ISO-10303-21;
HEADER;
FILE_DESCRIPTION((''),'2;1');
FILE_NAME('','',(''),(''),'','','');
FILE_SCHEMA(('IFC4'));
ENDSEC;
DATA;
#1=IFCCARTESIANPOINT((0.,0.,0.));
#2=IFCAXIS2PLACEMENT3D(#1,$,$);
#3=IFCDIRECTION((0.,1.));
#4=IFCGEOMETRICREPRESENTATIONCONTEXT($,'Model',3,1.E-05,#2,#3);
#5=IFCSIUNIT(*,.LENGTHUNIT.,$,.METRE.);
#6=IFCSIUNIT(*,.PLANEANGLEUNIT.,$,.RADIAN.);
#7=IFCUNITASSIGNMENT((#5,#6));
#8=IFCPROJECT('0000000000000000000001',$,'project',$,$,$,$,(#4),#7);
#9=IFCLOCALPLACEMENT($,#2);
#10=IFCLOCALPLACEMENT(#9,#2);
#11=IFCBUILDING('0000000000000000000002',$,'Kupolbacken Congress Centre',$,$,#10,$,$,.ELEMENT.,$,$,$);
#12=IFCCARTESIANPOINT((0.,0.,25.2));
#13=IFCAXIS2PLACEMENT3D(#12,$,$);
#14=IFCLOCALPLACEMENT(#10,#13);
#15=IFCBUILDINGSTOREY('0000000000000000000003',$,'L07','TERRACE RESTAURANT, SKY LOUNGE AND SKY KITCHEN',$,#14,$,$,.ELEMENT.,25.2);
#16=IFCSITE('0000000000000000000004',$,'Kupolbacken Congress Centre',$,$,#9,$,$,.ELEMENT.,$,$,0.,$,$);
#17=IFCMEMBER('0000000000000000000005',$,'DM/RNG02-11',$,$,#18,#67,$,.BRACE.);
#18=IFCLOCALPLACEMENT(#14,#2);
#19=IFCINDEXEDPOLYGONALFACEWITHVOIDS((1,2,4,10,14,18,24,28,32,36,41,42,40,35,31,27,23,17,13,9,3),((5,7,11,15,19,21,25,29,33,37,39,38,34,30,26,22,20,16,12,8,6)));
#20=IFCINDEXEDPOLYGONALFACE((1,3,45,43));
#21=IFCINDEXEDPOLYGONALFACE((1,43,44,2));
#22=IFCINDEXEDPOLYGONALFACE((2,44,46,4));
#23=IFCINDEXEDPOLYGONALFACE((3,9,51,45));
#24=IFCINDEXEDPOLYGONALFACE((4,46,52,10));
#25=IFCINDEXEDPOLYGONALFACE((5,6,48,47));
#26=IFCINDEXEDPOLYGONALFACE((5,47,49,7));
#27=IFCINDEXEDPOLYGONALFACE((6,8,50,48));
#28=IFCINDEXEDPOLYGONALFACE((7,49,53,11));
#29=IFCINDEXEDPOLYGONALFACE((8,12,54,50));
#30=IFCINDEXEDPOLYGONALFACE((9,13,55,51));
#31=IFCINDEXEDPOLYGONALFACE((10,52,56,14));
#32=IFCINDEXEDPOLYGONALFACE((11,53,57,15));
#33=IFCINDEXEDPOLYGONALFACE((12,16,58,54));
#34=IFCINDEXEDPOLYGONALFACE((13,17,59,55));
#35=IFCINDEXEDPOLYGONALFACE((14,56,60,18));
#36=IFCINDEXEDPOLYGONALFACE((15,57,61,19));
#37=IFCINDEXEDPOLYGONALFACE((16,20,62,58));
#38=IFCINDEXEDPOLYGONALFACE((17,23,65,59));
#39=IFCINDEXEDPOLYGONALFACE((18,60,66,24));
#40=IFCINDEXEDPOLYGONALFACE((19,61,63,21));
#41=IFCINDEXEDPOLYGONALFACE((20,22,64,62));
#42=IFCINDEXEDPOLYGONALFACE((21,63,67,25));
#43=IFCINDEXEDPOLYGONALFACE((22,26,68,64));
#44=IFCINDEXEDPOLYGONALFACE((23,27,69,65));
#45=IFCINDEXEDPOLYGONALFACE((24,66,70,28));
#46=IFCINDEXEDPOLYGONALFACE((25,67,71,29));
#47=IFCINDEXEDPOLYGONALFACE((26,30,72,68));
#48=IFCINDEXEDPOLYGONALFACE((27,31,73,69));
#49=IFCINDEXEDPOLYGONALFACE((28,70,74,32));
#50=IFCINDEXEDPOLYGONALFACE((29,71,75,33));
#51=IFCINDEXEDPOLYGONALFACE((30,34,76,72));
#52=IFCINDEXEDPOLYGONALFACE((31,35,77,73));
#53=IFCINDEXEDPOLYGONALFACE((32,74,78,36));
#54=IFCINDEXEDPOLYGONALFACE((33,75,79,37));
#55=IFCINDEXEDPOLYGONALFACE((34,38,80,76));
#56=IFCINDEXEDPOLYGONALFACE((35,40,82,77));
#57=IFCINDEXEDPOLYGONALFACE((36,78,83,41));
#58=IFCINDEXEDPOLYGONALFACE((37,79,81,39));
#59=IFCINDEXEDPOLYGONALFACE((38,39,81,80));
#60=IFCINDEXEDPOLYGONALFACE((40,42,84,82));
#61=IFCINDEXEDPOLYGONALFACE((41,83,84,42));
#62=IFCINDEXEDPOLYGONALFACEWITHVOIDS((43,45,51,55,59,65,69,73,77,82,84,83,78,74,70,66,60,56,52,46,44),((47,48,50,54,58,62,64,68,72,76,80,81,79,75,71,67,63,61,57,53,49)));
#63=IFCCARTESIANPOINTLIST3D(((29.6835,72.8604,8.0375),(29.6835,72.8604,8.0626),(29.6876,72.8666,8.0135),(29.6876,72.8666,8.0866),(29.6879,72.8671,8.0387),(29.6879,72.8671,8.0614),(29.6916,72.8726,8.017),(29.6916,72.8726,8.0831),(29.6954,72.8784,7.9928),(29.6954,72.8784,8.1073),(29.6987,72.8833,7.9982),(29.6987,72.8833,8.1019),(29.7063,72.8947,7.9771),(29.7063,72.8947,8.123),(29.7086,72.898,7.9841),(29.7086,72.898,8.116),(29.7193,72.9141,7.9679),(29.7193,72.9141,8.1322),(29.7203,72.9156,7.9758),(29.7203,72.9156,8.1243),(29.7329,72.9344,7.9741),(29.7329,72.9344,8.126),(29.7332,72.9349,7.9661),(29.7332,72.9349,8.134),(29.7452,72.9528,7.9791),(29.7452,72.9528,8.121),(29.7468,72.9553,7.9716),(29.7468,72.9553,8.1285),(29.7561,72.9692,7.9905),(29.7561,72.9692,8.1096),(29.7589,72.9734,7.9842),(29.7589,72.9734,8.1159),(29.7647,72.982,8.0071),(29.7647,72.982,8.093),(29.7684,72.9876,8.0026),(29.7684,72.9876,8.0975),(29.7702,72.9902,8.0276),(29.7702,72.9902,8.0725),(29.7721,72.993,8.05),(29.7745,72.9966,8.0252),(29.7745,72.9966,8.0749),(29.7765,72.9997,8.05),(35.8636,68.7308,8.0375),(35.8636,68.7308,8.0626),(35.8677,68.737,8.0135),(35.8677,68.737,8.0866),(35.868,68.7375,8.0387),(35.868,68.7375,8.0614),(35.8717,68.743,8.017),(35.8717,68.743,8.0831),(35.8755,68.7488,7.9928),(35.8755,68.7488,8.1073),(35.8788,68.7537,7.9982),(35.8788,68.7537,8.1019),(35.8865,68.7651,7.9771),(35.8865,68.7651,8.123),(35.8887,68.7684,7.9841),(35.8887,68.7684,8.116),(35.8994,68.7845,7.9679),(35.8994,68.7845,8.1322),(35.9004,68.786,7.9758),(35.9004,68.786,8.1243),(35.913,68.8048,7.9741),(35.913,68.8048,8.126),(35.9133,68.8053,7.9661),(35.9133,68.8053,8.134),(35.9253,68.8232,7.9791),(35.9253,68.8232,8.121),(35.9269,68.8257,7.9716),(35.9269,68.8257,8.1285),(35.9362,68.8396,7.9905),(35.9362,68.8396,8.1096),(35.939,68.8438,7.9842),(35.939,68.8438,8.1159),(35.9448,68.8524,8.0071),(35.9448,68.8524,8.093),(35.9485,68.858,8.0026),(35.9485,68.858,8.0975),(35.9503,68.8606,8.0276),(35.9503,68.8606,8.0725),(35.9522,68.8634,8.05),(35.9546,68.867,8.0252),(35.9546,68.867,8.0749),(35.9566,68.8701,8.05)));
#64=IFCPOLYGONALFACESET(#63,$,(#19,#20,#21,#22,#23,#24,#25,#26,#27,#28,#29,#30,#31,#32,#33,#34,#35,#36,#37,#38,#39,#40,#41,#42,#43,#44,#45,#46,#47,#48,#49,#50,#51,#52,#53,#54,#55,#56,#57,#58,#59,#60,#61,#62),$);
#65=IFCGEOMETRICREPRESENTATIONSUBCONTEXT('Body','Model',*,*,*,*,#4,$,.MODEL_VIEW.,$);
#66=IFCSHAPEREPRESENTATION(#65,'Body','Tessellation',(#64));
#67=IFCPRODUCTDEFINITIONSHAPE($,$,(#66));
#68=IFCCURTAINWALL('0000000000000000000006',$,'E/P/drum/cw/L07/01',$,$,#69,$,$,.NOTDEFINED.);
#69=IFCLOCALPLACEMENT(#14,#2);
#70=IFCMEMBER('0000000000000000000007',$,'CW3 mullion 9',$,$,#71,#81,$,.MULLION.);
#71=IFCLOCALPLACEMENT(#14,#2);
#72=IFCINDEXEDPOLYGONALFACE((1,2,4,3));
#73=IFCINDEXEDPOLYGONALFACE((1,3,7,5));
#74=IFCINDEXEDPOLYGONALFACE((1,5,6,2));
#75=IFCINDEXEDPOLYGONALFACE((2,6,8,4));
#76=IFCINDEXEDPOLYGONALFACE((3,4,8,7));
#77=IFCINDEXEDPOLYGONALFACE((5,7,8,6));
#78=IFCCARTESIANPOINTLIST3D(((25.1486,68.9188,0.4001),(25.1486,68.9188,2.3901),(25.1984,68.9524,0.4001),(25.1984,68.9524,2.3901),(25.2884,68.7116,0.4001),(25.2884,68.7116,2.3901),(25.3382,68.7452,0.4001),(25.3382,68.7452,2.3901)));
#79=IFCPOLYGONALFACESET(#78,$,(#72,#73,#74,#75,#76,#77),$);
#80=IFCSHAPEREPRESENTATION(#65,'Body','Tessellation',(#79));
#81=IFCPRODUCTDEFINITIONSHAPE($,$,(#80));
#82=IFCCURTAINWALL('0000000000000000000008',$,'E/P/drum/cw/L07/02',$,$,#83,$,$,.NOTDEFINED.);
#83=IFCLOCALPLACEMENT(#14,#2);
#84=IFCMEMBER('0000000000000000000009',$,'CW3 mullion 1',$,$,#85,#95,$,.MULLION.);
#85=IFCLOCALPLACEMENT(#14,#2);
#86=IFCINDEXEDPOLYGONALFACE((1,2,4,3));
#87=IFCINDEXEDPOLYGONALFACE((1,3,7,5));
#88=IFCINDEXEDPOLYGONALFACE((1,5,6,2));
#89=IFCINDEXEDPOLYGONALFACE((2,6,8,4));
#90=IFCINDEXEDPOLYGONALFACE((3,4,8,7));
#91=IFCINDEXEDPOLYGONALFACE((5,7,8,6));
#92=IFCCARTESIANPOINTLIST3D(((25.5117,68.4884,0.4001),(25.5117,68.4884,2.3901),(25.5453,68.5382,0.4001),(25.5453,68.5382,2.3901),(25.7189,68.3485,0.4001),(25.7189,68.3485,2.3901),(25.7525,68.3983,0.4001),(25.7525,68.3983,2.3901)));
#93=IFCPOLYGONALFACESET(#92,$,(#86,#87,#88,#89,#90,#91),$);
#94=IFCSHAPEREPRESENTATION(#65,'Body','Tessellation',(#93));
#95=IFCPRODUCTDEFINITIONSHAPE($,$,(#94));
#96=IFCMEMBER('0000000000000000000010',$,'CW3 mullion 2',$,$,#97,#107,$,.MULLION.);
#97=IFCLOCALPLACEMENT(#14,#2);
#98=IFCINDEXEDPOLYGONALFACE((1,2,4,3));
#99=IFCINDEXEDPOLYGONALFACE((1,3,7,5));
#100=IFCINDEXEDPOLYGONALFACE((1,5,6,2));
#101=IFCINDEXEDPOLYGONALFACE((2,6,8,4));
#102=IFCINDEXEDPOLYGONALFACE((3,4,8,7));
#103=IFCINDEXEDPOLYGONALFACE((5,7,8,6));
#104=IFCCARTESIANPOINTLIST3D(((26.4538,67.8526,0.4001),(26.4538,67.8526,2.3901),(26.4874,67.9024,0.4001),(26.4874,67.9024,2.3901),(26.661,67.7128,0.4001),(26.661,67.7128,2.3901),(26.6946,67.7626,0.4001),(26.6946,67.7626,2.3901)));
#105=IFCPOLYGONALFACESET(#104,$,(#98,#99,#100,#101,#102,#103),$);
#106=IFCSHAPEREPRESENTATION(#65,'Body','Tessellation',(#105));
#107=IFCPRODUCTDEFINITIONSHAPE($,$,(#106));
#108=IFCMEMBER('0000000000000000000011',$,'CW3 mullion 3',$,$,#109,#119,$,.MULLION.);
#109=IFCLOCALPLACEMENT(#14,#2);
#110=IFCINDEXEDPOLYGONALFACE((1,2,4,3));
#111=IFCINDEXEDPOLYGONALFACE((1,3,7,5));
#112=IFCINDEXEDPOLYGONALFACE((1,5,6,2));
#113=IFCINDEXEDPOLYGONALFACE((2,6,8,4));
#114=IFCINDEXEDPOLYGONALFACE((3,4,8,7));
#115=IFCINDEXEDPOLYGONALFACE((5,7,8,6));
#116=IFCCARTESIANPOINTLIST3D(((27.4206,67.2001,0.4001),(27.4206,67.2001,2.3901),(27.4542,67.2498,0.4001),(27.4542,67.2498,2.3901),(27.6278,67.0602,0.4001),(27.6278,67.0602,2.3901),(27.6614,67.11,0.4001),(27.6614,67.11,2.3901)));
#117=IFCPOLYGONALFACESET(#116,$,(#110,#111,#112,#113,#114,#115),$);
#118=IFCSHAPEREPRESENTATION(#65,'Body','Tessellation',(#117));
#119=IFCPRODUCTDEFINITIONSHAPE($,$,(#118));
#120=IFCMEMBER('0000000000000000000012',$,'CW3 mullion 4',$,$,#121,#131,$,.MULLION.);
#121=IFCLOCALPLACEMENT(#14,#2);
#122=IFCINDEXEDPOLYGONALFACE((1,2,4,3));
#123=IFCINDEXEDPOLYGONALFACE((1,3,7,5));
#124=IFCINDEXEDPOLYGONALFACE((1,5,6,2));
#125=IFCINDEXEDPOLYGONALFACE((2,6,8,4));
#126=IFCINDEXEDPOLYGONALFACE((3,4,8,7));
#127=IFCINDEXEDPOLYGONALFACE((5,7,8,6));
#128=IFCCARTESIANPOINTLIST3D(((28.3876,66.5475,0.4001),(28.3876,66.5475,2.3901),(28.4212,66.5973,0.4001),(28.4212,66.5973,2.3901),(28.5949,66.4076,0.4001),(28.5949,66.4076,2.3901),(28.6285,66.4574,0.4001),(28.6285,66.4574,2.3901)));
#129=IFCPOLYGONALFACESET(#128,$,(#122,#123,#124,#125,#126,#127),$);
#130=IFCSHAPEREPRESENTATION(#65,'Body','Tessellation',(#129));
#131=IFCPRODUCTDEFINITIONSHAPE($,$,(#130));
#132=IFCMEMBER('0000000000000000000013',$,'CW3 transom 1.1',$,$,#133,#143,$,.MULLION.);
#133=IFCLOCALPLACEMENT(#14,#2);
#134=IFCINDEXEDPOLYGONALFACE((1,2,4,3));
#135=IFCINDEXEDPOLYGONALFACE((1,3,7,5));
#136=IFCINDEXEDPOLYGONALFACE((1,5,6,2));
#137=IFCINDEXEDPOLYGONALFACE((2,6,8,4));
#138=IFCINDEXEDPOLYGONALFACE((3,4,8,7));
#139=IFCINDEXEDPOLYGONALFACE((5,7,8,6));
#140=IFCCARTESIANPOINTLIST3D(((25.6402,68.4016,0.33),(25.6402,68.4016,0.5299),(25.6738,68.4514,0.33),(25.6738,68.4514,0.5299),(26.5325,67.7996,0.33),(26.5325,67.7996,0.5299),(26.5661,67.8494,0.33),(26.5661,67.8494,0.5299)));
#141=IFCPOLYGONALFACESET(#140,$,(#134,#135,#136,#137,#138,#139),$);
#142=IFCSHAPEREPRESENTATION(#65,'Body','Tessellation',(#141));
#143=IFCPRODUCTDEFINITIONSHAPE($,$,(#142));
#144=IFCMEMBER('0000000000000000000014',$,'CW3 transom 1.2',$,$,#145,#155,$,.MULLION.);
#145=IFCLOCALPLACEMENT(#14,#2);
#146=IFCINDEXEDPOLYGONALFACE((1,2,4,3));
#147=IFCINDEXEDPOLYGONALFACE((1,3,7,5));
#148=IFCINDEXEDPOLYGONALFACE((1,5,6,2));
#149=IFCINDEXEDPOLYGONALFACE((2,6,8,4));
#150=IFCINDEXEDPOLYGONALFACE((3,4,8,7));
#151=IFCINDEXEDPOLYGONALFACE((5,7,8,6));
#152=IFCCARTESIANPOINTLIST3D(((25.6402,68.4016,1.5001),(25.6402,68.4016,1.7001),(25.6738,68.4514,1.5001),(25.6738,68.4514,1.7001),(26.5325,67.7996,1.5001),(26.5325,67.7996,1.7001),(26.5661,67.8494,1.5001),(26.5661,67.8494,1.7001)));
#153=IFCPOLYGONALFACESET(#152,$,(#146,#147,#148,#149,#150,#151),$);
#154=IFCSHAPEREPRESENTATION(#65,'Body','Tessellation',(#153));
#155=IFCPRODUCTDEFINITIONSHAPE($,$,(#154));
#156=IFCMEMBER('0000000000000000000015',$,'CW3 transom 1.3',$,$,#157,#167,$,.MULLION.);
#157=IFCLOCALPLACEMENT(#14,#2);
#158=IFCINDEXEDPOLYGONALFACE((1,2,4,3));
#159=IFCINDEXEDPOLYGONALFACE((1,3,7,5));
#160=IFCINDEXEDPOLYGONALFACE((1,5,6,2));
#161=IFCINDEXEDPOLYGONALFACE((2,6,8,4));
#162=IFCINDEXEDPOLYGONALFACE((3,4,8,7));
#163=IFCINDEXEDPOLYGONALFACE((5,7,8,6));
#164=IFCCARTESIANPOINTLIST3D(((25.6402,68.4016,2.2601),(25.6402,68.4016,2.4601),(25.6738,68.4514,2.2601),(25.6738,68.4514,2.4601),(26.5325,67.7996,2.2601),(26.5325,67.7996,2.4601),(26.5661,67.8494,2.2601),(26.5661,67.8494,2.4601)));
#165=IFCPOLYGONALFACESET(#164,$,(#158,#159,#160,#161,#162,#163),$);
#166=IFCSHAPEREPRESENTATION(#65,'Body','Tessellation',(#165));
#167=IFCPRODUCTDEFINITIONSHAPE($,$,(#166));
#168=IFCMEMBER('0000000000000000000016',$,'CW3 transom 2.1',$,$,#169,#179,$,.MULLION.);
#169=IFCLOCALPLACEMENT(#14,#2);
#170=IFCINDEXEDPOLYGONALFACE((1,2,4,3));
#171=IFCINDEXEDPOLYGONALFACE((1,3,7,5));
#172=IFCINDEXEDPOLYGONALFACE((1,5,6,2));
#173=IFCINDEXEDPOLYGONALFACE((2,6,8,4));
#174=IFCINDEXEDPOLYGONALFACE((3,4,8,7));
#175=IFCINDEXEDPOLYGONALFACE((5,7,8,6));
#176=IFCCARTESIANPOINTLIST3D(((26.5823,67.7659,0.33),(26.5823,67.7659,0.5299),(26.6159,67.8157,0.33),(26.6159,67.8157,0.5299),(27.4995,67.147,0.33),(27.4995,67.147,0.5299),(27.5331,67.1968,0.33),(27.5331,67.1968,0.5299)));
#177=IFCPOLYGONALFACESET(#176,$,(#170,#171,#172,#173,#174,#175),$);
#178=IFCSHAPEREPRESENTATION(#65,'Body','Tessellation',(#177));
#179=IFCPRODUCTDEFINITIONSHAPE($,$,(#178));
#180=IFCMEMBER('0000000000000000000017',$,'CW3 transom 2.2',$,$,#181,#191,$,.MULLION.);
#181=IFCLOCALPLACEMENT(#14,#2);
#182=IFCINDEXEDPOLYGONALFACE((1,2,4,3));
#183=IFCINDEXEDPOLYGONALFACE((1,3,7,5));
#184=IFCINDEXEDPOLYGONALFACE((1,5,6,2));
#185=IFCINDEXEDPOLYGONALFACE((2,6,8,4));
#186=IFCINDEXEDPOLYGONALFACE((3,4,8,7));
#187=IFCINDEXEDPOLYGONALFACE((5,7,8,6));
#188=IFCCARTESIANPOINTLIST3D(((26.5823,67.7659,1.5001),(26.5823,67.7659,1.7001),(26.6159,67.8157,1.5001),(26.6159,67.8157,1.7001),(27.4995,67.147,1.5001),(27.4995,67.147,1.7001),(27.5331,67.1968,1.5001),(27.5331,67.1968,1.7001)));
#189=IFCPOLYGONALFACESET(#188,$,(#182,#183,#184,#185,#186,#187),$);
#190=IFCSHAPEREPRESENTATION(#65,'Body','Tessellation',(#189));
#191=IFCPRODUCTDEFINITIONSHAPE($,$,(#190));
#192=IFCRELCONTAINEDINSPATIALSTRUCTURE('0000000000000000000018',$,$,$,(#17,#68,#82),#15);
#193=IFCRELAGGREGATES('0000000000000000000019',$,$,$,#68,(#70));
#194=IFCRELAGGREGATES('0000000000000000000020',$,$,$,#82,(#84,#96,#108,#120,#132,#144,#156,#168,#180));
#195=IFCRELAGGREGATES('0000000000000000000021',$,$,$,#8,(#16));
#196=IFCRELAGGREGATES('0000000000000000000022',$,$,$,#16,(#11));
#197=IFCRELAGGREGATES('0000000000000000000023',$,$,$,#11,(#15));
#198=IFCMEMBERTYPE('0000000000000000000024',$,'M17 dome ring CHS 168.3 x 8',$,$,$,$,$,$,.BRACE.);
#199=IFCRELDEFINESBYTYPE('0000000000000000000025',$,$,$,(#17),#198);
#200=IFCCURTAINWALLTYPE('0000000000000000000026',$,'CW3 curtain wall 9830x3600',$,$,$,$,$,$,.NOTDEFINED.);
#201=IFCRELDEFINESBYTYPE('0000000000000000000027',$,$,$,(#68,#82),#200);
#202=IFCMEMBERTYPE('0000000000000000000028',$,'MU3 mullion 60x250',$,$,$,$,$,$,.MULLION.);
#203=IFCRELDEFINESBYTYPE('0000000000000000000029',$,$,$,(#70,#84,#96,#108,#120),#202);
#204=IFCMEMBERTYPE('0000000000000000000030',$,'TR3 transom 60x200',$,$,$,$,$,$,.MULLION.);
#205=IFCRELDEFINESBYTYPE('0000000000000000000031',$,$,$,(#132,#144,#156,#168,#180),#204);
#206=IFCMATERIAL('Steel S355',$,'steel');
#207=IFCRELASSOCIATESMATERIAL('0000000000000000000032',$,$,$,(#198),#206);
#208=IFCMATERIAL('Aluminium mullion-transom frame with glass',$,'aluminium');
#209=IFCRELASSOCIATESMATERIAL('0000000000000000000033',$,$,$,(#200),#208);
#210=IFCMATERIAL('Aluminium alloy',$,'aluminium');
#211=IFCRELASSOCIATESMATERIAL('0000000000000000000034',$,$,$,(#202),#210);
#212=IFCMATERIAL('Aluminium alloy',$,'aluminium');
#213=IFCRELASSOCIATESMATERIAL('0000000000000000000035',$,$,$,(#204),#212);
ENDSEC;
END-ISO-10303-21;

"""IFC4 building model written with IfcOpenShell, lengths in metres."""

from ifc_helpers import new_model, si_unit, direction, frame, origin, origin_2d, place, context, subcontext, project, spatial, rectangle, hollow_circle, extrude, material, material_profile, profile_set, type_object, element, aggregate, save


model = new_model("IFC4")

# Units and contexts
model_context = context("Model", 3, precision=1e-05, world=origin(), true_north=direction((0.0, 1.0)))
body_context = subcontext(model_context, "Body", "Model", "MODEL_VIEW")
ifc_project = project(units=[si_unit("LENGTHUNIT", "METRE"), si_unit("PLANEANGLEUNIT", "RADIAN")], contexts=[model_context])

# Site, building, storey
site_placement = place(None, origin())
site = spatial("IfcSite", under=ifc_project, at=site_placement, Name="Kupolbacken Congress Centre", CompositionType="ELEMENT", RefElevation=0.0)
building_placement = place(site_placement, origin())
building = spatial("IfcBuilding", under=site, at=building_placement, Name="Kupolbacken Congress Centre", CompositionType="ELEMENT")
storey_placement = place(building_placement, frame((0.0, 0.0, 25.2)))
storey = spatial("IfcBuildingStorey", under=building, at=storey_placement, Name="L07", Description="TERRACE RESTAURANT, SKY LOUNGE AND SKY KITCHEN", CompositionType="ELEMENT", Elevation=25.2)

# Member
ifc_material_1 = material(Name="Steel S355", Category="steel")
ifc_material_profile_1 = material_profile(ifc_material_1, hollow_circle(Radius=0.0842, WallThickness=0.0081, at=origin_2d()), Name="CHS 168.3 x 8")
ifc_profile_set_1 = profile_set([ifc_material_profile_1], Name="Steel S355")
member_type_1 = type_object("IfcMemberType", Name="M17 dome ring CHS 168.3 x 8", PredefinedType="BRACE", material=ifc_profile_set_1)
member_1_placement = place(storey_placement, frame((29.7297, 72.9297, 8.05), z_axis=(0.831459, -0.555587, 0.0), x_axis=(0.555587, 0.831459, 0.0)))
element("IfcMember", 1, at=member_1_placement, inside=storey, type_object=member_type_1, Name="DM/RNG02-11", PredefinedType="BRACE", context=body_context, shape_type="SweptSolid", body=[
    extrude(hollow_circle(Radius=0.0842, WallThickness=0.0081, at=origin_2d()), origin(), (0.0, 0.0, 1.0), 7.4329),
])

# Curtain wall, member
ifc_material_2 = material(Name="Aluminium mullion-transom frame with glass", Category="aluminium")
curtain_wall_type = type_object("IfcCurtainWallType", Name="CW3 curtain wall 9830x3600", PredefinedType="NOTDEFINED", material=ifc_material_2)
curtain_wall_1_placement = place(storey_placement, origin())
curtain_wall_1 = element("IfcCurtainWall", 2, at=curtain_wall_1_placement, inside=storey, type_object=curtain_wall_type, Name="E/P/drum/cw/L07/01", PredefinedType="NOTDEFINED")
ifc_material_3 = material(Name="Aluminium alloy", Category="aluminium")
ifc_material_profile_2 = material_profile(ifc_material_3, rectangle(XDim=0.0601, YDim=0.25, at=origin_2d()), Name="60 x 250")
ifc_profile_set_2 = profile_set([ifc_material_profile_2], Name="Aluminium alloy")
member_type_2 = type_object("IfcMemberType", Name="MU3 mullion 60x250", PredefinedType="MULLION", material=ifc_profile_set_2)
member_2_placement = place(storey_placement, frame((25.2434, 68.832, 0.4001), z_axis=(0.0, 0.0, 1.0), x_axis=(0.828908, 0.559386, 0.0)))
member_2 = element("IfcMember", 3, at=member_2_placement, type_object=member_type_2, Name="CW3 mullion 9", PredefinedType="MULLION", context=body_context, shape_type="SweptSolid", body=[
    extrude(rectangle(XDim=0.0601, YDim=0.25, at=origin_2d()), origin(), (0.0, 0.0, 1.0), 1.99),
])

# Curtain wall, members
curtain_wall_2_placement = place(storey_placement, origin())
curtain_wall_2 = element("IfcCurtainWall", 4, at=curtain_wall_2_placement, inside=storey, type_object=curtain_wall_type, Name="E/P/drum/cw/L07/02", PredefinedType="NOTDEFINED")
member_3_placement = place(storey_placement, frame((25.6321, 68.4434, 0.4001), z_axis=(0.0, 0.0, 1.0), x_axis=(0.559386, 0.828908, 0.0)))
member_3 = element("IfcMember", 5, at=member_3_placement, type_object=member_type_2, Name="CW3 mullion 1", PredefinedType="MULLION", context=body_context, shape_type="SweptSolid", body=[
    extrude(rectangle(XDim=0.0601, YDim=0.25, at=origin_2d()), origin(), (0.0, 0.0, 1.0), 1.99),
])
member_4_placement = place(storey_placement, frame((26.5742, 67.8076, 0.4001), z_axis=(0.0, 0.0, 1.0), x_axis=(0.559386, 0.828908, 0.0)))
member_4 = element("IfcMember", 6, at=member_4_placement, type_object=member_type_2, Name="CW3 mullion 2", PredefinedType="MULLION", context=body_context, shape_type="SweptSolid", body=[
    extrude(rectangle(XDim=0.0601, YDim=0.25, at=origin_2d()), origin(), (0.0, 0.0, 1.0), 1.99),
])
member_5_placement = place(storey_placement, frame((27.541, 67.155, 0.4001), z_axis=(0.0, 0.0, 1.0), x_axis=(0.559386, 0.828908, 0.0)))
member_5 = element("IfcMember", 7, at=member_5_placement, type_object=member_type_2, Name="CW3 mullion 3", PredefinedType="MULLION", context=body_context, shape_type="SweptSolid", body=[
    extrude(rectangle(XDim=0.0601, YDim=0.25, at=origin_2d()), origin(), (0.0, 0.0, 1.0), 1.99),
])
member_6_placement = place(storey_placement, frame((28.5081, 66.5024, 0.4001), z_axis=(0.0, 0.0, 1.0), x_axis=(0.559386, 0.828908, 0.0)))
member_6 = element("IfcMember", 8, at=member_6_placement, type_object=member_type_2, Name="CW3 mullion 4", PredefinedType="MULLION", context=body_context, shape_type="SweptSolid", body=[
    extrude(rectangle(XDim=0.0601, YDim=0.25, at=origin_2d()), origin(), (0.0, 0.0, 1.0), 1.99),
])
ifc_material_4 = material(Name="Aluminium alloy", Category="aluminium")
ifc_material_profile_3 = material_profile(ifc_material_4, rectangle(XDim=0.0601, YDim=0.2, at=origin_2d()), Name="60 x 200")
ifc_profile_set_3 = profile_set([ifc_material_profile_3], Name="Aluminium alloy")
member_type_3 = type_object("IfcMemberType", Name="TR3 transom 60x200", PredefinedType="MULLION", material=ifc_profile_set_3)
member_7_placement = place(storey_placement, frame((25.657, 68.4265, 0.4299), z_axis=(0.828967, -0.559298, 0.0), x_axis=(0.559298, 0.828967, 0.0)))
member_7 = element("IfcMember", 9, at=member_7_placement, type_object=member_type_3, Name="CW3 transom 1.1", PredefinedType="MULLION", context=body_context, shape_type="SweptSolid", body=[
    extrude(rectangle(XDim=0.0601, YDim=0.2, at=origin_2d()), origin(), (0.0, 0.0, 1.0), 1.0764),
])
member_8_placement = place(storey_placement, frame((25.657, 68.4265, 1.6001), z_axis=(0.828967, -0.559298, 0.0), x_axis=(0.559298, 0.828967, 0.0)))
member_8 = element("IfcMember", 10, at=member_8_placement, type_object=member_type_3, Name="CW3 transom 1.2", PredefinedType="MULLION", context=body_context, shape_type="SweptSolid", body=[
    extrude(rectangle(XDim=0.0601, YDim=0.2, at=origin_2d()), origin(), (0.0, 0.0, 1.0), 1.0764),
])
member_9_placement = place(storey_placement, frame((25.657, 68.4265, 2.3601), z_axis=(0.828967, -0.559298, 0.0), x_axis=(0.559298, 0.828967, 0.0)))
member_9 = element("IfcMember", 11, at=member_9_placement, type_object=member_type_3, Name="CW3 transom 1.3", PredefinedType="MULLION", context=body_context, shape_type="SweptSolid", body=[
    extrude(rectangle(XDim=0.0601, YDim=0.2, at=origin_2d()), origin(), (0.0, 0.0, 1.0), 1.0764),
])
member_10_placement = place(storey_placement, frame((26.5991, 67.7908, 0.4299), z_axis=(0.828948, -0.559325, 0.0), x_axis=(0.559325, 0.828948, 0.0)))
member_10 = element("IfcMember", 12, at=member_10_placement, type_object=member_type_3, Name="CW3 transom 2.1", PredefinedType="MULLION", context=body_context, shape_type="SweptSolid", body=[
    extrude(rectangle(XDim=0.0601, YDim=0.2, at=origin_2d()), origin(), (0.0, 0.0, 1.0), 1.1064),
])
member_11_placement = place(storey_placement, frame((26.5991, 67.7908, 1.6001), z_axis=(0.828948, -0.559325, 0.0), x_axis=(0.559325, 0.828948, 0.0)))
member_11 = element("IfcMember", 13, at=member_11_placement, type_object=member_type_3, Name="CW3 transom 2.2", PredefinedType="MULLION", context=body_context, shape_type="SweptSolid", body=[
    extrude(rectangle(XDim=0.0601, YDim=0.2, at=origin_2d()), origin(), (0.0, 0.0, 1.0), 1.1064),
])

aggregate(curtain_wall_1, [member_2])
aggregate(curtain_wall_2, [member_3, member_4, member_5, member_6, member_7, member_8, member_9, member_10, member_11])

save(model, "model.ifc")
